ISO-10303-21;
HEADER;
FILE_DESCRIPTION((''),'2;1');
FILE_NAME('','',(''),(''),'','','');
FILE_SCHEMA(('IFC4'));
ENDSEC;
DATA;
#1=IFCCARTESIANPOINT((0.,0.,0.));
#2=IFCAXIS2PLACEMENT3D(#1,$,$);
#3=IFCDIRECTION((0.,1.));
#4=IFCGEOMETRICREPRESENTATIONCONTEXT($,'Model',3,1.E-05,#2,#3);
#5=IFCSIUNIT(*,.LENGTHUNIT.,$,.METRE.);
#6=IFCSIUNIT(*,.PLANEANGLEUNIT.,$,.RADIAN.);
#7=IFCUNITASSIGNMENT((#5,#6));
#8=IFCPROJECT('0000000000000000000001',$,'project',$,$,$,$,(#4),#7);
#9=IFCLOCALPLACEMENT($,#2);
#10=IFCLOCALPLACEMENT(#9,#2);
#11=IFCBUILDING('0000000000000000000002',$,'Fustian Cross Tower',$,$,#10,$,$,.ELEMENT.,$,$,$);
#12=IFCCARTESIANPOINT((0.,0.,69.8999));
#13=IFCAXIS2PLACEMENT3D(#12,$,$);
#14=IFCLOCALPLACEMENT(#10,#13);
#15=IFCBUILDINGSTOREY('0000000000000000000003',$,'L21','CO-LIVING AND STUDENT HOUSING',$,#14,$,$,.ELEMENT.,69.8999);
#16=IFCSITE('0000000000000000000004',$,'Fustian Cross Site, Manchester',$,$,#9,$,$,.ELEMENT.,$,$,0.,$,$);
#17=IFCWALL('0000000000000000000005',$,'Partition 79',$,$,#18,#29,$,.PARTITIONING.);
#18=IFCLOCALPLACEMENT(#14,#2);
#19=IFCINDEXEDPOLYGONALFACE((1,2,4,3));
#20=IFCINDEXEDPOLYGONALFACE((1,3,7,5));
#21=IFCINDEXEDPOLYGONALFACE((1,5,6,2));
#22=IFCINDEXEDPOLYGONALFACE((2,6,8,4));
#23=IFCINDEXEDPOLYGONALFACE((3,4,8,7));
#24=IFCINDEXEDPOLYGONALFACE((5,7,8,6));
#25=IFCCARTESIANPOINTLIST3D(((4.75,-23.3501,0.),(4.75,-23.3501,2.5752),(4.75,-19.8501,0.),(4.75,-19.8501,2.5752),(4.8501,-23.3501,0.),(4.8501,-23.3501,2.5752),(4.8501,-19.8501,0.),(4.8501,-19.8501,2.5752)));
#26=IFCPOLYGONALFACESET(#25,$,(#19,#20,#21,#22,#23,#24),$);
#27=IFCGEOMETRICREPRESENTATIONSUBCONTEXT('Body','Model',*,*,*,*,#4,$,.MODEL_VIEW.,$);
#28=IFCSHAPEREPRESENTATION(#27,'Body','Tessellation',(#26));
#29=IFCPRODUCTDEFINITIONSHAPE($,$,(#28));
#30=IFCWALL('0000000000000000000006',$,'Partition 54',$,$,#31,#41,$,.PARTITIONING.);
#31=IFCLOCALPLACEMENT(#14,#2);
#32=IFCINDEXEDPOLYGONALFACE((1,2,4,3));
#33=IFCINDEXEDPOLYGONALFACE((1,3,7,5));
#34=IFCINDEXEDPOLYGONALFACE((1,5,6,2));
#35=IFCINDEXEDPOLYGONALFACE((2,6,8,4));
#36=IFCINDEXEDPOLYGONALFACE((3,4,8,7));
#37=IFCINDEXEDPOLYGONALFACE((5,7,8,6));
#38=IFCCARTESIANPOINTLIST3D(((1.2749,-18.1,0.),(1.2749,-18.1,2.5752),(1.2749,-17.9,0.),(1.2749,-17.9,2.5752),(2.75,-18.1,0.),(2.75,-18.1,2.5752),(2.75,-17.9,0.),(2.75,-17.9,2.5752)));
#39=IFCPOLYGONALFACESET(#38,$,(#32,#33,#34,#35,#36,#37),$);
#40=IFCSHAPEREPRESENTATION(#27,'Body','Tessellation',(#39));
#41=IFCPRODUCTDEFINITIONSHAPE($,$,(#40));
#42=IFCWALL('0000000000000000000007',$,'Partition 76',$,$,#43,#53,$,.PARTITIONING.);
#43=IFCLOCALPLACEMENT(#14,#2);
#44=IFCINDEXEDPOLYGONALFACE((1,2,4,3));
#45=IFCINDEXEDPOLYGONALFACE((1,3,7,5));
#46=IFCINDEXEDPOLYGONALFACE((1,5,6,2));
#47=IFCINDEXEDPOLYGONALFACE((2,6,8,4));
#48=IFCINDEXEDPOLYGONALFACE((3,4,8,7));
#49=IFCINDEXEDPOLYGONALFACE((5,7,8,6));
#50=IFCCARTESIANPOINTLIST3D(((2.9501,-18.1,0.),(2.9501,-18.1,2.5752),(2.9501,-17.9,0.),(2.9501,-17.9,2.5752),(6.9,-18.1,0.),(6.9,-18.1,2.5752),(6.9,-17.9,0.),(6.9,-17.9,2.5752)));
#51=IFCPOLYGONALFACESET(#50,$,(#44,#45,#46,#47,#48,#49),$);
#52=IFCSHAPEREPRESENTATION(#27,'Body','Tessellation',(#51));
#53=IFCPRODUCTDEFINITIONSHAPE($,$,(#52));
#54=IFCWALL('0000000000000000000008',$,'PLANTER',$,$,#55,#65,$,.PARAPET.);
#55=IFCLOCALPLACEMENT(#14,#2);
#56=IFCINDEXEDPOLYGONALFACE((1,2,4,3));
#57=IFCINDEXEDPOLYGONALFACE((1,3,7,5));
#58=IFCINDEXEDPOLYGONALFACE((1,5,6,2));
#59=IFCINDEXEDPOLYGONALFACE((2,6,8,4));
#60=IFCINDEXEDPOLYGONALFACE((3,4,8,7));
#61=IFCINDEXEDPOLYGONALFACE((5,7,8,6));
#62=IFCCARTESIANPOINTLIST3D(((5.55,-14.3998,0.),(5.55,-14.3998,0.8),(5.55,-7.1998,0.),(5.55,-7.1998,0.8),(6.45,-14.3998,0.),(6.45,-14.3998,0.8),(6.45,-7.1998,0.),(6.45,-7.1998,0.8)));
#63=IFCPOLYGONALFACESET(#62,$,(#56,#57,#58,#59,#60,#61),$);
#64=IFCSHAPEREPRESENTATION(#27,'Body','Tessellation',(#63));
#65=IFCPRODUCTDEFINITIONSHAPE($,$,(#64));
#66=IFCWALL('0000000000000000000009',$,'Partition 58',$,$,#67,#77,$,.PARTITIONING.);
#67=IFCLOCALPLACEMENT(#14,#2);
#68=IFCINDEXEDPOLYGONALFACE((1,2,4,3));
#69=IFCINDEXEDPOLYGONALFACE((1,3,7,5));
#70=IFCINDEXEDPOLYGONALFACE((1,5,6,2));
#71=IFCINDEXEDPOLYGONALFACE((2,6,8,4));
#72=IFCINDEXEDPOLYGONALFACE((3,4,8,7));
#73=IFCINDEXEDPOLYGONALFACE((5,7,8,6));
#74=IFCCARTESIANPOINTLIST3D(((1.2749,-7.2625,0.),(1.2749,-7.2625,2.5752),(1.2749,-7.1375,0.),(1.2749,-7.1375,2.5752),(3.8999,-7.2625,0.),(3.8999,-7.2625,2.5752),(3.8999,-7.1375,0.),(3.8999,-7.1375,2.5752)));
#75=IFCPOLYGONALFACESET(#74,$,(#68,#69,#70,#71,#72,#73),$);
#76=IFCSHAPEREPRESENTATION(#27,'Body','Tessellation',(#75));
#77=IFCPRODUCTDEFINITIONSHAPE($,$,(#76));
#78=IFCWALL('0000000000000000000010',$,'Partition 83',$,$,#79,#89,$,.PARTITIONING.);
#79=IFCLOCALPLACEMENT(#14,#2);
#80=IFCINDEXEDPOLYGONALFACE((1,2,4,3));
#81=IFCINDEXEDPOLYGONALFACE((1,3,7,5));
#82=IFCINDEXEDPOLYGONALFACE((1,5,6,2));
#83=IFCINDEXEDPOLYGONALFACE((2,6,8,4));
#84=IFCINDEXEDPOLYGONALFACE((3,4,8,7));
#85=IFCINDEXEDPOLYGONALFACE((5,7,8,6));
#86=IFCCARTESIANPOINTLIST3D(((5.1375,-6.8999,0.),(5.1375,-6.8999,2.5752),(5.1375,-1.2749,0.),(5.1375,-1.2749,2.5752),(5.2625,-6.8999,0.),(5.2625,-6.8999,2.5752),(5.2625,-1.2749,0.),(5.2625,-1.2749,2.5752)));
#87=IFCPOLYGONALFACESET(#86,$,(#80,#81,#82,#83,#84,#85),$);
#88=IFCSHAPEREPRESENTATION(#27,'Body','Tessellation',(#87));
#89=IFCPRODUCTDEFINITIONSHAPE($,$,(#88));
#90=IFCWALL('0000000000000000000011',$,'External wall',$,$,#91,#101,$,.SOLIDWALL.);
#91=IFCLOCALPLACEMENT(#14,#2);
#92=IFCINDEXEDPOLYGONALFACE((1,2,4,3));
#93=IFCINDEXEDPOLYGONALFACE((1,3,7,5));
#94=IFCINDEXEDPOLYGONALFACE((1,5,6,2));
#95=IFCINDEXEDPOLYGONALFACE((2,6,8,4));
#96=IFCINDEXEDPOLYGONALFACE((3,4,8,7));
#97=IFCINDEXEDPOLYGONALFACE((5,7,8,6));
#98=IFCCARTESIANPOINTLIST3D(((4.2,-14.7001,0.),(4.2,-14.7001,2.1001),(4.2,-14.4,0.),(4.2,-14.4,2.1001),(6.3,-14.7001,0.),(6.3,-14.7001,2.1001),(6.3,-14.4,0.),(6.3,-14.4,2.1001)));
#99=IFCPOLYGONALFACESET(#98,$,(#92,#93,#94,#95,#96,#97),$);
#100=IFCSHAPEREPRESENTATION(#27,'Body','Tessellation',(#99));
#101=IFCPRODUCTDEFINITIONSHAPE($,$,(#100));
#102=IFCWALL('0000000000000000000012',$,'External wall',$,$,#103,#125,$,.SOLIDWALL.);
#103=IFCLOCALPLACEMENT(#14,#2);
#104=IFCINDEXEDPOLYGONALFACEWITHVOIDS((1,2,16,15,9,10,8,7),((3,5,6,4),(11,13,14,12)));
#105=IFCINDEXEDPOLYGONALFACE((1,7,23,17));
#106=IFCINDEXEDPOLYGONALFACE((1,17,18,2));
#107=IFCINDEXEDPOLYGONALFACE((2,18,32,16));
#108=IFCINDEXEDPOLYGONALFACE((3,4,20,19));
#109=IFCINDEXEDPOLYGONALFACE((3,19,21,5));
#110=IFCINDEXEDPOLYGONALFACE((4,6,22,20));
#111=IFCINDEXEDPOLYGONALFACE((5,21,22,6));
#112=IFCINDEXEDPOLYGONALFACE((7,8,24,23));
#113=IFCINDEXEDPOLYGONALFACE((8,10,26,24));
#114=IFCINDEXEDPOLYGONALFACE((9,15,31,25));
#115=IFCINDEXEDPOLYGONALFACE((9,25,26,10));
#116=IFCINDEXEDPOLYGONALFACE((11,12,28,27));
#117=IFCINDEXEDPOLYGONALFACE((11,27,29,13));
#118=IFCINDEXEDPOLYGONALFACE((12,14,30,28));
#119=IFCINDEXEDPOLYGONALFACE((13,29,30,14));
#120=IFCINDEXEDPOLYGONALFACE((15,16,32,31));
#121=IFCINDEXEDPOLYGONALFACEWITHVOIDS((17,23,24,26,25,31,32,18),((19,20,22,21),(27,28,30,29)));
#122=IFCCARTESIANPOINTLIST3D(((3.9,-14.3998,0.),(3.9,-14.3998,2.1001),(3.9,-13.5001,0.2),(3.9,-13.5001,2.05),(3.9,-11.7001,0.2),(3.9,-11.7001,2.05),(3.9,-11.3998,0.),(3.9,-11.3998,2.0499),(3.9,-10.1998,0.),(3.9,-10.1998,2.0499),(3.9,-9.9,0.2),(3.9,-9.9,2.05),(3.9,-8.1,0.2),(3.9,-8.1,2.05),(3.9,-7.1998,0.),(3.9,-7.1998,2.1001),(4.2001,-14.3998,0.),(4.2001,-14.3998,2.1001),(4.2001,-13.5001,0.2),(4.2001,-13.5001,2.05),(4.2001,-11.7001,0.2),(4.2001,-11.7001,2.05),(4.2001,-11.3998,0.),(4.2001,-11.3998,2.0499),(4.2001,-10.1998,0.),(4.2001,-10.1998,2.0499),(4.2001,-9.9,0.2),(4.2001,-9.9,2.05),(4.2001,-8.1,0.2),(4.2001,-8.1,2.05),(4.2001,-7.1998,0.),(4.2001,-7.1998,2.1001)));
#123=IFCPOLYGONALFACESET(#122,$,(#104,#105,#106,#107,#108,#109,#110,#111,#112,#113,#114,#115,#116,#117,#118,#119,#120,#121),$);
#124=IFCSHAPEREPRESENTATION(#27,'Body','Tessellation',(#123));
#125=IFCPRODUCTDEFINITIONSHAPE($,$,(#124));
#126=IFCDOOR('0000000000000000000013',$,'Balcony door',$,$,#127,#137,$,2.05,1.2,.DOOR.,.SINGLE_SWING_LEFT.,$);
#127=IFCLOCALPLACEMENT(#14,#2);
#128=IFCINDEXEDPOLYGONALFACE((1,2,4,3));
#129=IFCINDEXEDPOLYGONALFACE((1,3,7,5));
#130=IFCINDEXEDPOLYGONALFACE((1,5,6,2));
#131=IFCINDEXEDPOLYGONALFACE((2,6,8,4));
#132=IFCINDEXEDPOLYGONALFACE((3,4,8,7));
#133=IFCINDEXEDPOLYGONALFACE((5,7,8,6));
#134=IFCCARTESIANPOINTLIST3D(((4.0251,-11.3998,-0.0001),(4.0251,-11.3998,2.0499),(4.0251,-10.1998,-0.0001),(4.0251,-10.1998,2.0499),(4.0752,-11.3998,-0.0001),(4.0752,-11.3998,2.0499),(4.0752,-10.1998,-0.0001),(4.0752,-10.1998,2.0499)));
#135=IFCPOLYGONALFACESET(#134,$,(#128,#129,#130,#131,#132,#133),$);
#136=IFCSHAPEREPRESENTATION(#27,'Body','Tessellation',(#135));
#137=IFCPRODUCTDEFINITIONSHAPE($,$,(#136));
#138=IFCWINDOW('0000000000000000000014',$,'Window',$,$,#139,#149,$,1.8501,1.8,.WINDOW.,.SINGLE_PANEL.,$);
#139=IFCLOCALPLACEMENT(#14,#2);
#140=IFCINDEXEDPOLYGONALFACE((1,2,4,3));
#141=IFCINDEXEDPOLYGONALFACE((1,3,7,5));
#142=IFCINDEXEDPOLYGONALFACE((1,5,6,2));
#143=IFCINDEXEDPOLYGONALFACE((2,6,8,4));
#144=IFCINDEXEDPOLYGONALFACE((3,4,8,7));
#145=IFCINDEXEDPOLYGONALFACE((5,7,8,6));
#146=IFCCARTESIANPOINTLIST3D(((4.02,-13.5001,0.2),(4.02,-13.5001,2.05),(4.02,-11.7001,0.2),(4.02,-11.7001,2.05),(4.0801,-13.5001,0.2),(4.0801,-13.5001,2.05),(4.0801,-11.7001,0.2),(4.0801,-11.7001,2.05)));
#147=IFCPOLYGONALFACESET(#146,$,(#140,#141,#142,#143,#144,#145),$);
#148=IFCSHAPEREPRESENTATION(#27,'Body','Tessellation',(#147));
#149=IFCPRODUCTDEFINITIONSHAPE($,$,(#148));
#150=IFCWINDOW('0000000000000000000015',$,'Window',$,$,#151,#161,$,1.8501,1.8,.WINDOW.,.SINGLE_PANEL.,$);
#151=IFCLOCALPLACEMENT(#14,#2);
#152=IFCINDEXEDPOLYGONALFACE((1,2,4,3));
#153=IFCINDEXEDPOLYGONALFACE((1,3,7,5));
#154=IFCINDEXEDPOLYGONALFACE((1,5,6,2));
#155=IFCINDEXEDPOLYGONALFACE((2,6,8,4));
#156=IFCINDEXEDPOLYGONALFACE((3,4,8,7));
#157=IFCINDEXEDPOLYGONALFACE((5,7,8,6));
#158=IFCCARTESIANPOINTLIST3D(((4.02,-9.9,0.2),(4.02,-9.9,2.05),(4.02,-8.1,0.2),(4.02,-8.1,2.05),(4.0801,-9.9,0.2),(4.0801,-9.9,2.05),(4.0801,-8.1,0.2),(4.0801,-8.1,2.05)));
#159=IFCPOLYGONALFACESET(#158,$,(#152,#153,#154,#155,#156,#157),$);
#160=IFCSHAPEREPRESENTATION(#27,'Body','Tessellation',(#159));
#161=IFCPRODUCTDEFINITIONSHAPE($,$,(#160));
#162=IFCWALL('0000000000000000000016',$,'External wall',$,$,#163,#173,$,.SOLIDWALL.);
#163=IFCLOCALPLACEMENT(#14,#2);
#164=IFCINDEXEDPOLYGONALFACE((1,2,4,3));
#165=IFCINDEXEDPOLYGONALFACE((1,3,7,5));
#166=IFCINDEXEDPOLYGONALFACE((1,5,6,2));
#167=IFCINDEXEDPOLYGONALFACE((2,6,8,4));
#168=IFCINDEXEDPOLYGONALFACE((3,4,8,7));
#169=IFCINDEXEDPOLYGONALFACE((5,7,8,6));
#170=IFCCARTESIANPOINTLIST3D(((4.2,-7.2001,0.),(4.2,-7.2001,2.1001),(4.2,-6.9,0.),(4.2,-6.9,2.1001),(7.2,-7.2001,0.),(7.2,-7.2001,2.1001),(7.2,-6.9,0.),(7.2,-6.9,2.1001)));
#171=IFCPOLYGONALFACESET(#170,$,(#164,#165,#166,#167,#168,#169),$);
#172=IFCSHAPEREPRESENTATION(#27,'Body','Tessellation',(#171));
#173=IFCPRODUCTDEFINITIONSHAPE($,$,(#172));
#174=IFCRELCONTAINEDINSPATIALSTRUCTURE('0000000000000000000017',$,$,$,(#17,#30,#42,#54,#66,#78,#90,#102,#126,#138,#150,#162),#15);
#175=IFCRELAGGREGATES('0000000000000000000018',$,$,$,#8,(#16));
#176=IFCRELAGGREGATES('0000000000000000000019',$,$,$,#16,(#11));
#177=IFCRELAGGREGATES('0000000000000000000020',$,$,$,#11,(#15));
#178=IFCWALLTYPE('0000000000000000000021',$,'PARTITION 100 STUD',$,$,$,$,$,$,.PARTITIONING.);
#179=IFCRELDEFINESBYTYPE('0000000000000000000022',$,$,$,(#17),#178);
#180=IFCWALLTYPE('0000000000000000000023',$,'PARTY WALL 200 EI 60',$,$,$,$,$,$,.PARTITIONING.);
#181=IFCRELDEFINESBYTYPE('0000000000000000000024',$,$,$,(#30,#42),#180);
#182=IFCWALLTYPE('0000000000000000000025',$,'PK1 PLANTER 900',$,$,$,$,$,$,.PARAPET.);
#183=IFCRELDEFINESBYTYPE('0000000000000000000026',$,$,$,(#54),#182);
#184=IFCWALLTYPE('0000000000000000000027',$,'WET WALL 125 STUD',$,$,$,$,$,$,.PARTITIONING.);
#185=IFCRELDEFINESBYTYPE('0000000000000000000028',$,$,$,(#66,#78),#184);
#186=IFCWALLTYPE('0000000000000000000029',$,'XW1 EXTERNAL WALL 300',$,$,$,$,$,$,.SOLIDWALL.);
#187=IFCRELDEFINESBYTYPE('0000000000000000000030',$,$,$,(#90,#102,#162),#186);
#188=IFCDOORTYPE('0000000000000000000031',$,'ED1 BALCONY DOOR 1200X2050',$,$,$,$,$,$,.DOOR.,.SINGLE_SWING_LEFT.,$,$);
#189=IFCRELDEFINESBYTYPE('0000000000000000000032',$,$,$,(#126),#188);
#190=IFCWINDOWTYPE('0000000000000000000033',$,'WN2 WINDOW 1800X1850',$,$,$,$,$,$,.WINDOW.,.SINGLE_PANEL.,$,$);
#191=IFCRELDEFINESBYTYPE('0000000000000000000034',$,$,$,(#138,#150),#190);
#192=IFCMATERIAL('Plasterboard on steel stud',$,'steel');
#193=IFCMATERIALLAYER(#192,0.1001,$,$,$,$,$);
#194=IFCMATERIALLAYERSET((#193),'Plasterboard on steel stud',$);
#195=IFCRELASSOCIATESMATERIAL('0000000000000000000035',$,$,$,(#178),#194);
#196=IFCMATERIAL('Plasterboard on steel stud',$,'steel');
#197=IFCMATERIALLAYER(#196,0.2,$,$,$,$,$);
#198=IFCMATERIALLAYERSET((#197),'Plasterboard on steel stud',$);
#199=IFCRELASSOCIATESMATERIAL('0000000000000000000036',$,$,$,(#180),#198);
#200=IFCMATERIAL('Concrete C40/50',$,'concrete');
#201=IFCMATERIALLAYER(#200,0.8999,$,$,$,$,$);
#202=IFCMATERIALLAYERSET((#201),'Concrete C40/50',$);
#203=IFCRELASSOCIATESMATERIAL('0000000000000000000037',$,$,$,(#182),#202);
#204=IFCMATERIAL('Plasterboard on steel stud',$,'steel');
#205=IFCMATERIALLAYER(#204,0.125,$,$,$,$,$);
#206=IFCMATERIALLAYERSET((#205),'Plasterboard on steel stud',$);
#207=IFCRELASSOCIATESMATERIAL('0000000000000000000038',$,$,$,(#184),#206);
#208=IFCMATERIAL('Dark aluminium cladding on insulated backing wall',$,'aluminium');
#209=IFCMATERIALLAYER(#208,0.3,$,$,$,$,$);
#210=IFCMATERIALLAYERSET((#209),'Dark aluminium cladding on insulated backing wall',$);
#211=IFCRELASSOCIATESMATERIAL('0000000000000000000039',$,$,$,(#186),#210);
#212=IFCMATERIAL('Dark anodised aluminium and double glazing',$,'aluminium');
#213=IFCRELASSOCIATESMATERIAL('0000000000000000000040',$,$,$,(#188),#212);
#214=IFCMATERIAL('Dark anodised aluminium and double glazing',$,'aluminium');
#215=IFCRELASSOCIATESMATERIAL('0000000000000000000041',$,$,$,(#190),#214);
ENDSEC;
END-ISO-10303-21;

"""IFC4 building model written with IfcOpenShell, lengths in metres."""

from ifc_helpers import new_model, si_unit, direction, frame, frame_2d, origin, place, context, subcontext, project, spatial, rectangle, extrude, material, layer, layer_set, type_object, element, fill, save


model = new_model("IFC4")

# Units and contexts
model_context = context("Model", 3, precision=1e-05, world=origin(), true_north=direction((0.0, 1.0)))
body_context = subcontext(model_context, "Body", "Model", "MODEL_VIEW")
ifc_project = project(units=[si_unit("LENGTHUNIT", "METRE"), si_unit("PLANEANGLEUNIT", "RADIAN")], contexts=[model_context])

# Site, building, storey
site_placement = place(None, origin())
site = spatial("IfcSite", under=ifc_project, at=site_placement, Name="Fustian Cross Site, Manchester", CompositionType="ELEMENT", RefElevation=0.0)
building_placement = place(site_placement, origin())
building = spatial("IfcBuilding", under=site, at=building_placement, Name="Fustian Cross Tower", CompositionType="ELEMENT")
storey_placement = place(building_placement, frame((0.0, 0.0, 69.8999)))
storey = spatial("IfcBuildingStorey", under=building, at=storey_placement, Name="L21", Description="CO-LIVING AND STUDENT HOUSING", CompositionType="ELEMENT", Elevation=69.8999)

# Shared definitions
ifc_material_1 = material(Name="Plasterboard on steel stud", Category="steel")
ifc_layer_1 = layer(ifc_material_1, 0.1001)
ifc_layer_set_1 = layer_set([ifc_layer_1], Name="Plasterboard on steel stud")
wall_type_1 = type_object("IfcWallType", Name="PARTITION 100 STUD", PredefinedType="PARTITIONING", material=ifc_layer_set_1)

# Walls
wall_1_placement = place(storey_placement, frame((4.8, -23.3501, 0.0), z_axis=(0.0, 0.0, 1.0), x_axis=(0.0, 1.0, 0.0)))
element("IfcWall", 1, at=wall_1_placement, inside=storey, type_object=wall_type_1, Name="Partition 79", PredefinedType="PARTITIONING", context=body_context, shape_type="SweptSolid", body=[
    extrude(rectangle(XDim=3.5, YDim=0.1001, at=frame_2d((1.75, 0.0))), origin(), (0.0, 0.0, 1.0), 2.5752),
])
ifc_material_2 = material(Name="Plasterboard on steel stud", Category="steel")
ifc_layer_2 = layer(ifc_material_2, 0.2)
ifc_layer_set_2 = layer_set([ifc_layer_2], Name="Plasterboard on steel stud")
wall_type_2 = type_object("IfcWallType", Name="PARTY WALL 200 EI 60", PredefinedType="PARTITIONING", material=ifc_layer_set_2)
wall_2_placement = place(storey_placement, frame((1.2749, -18.0, 0.0), z_axis=(0.0, 0.0, 1.0), x_axis=(1.0, 0.0, 0.0)))
element("IfcWall", 2, at=wall_2_placement, inside=storey, type_object=wall_type_2, Name="Partition 54", PredefinedType="PARTITIONING", context=body_context, shape_type="SweptSolid", body=[
    extrude(rectangle(XDim=1.4751, YDim=0.2, at=frame_2d((0.7375, 0.0))), origin(), (0.0, 0.0, 1.0), 2.5752),
])
wall_3_placement = place(storey_placement, frame((2.95, -18.0, 0.0), z_axis=(0.0, 0.0, 1.0), x_axis=(1.0, 0.0, 0.0)))
element("IfcWall", 3, at=wall_3_placement, inside=storey, type_object=wall_type_2, Name="Partition 76", PredefinedType="PARTITIONING", context=body_context, shape_type="SweptSolid", body=[
    extrude(rectangle(XDim=3.95, YDim=0.2, at=frame_2d((1.9751, 0.0))), origin(), (0.0, 0.0, 1.0), 2.5752),
])
ifc_material_3 = material(Name="Concrete C40/50", Category="concrete")
ifc_layer_3 = layer(ifc_material_3, 0.8999)
ifc_layer_set_3 = layer_set([ifc_layer_3], Name="Concrete C40/50")
wall_type_3 = type_object("IfcWallType", Name="PK1 PLANTER 900", PredefinedType="PARAPET", material=ifc_layer_set_3)
wall_4_placement = place(storey_placement, frame((6.0, -14.3999, 0.0), z_axis=(0.0, 0.0, 1.0), x_axis=(0.0, 1.0, 0.0)))
element("IfcWall", 4, at=wall_4_placement, inside=storey, type_object=wall_type_3, Name="PLANTER", PredefinedType="PARAPET", context=body_context, shape_type="SweptSolid", body=[
    extrude(rectangle(XDim=7.2, YDim=0.8999, at=frame_2d((3.6001, 0.0))), origin(), (0.0, 0.0, 1.0), 0.8),
])
ifc_material_4 = material(Name="Plasterboard on steel stud", Category="steel")
ifc_layer_4 = layer(ifc_material_4, 0.125)
ifc_layer_set_4 = layer_set([ifc_layer_4], Name="Plasterboard on steel stud")
wall_type_4 = type_object("IfcWallType", Name="WET WALL 125 STUD", PredefinedType="PARTITIONING", material=ifc_layer_set_4)
wall_5_placement = place(storey_placement, frame((1.2749, -7.2, 0.0), z_axis=(0.0, 0.0, 1.0), x_axis=(1.0, 0.0, 0.0)))
element("IfcWall", 5, at=wall_5_placement, inside=storey, type_object=wall_type_4, Name="Partition 58", PredefinedType="PARTITIONING", context=body_context, shape_type="SweptSolid", body=[
    extrude(rectangle(XDim=2.625, YDim=0.125, at=frame_2d((1.3125, 0.0))), origin(), (0.0, 0.0, 1.0), 2.5752),
])
wall_6_placement = place(storey_placement, frame((5.2, -6.8999, 0.0), z_axis=(0.0, 0.0, 1.0), x_axis=(0.0, 1.0, 0.0)))
element("IfcWall", 6, at=wall_6_placement, inside=storey, type_object=wall_type_4, Name="Partition 83", PredefinedType="PARTITIONING", context=body_context, shape_type="SweptSolid", body=[
    extrude(rectangle(XDim=5.625, YDim=0.125, at=frame_2d((2.8125, 0.0))), origin(), (0.0, 0.0, 1.0), 2.5752),
])
ifc_material_5 = material(Name="Dark aluminium cladding on insulated backing wall", Category="aluminium")
ifc_layer_5 = layer(ifc_material_5, 0.3)
ifc_layer_set_5 = layer_set([ifc_layer_5], Name="Dark aluminium cladding on insulated backing wall")
wall_type_5 = type_object("IfcWallType", Name="XW1 EXTERNAL WALL 300", PredefinedType="SOLIDWALL", material=ifc_layer_set_5)
wall_7_placement = place(storey_placement, frame((6.3, -14.55, 0.0), z_axis=(0.0, 0.0, 1.0), x_axis=(-1.0, 0.0, 0.0)))
element("IfcWall", 7, at=wall_7_placement, inside=storey, type_object=wall_type_5, Name="External wall", PredefinedType="SOLIDWALL", context=body_context, shape_type="SweptSolid", body=[
    extrude(rectangle(XDim=2.1001, YDim=0.3, at=frame_2d((1.05, 0.0))), origin(), (0.0, 0.0, 1.0), 2.1001),
])

# Wall, openings, door, windows
wall_8_placement = place(storey_placement, frame((4.05, -14.3999, 0.0), z_axis=(0.0, 0.0, 1.0), x_axis=(0.0, 1.0, 0.0)))
wall_8 = element("IfcWall", 8, at=wall_8_placement, inside=storey, type_object=wall_type_5, Name="External wall", PredefinedType="SOLIDWALL", context=body_context, shape_type="SweptSolid", body=[
    extrude(rectangle(XDim=7.2, YDim=0.3, at=frame_2d((3.6001, 0.0))), origin(), (0.0, 0.0, 1.0), 2.1001),
])
opening_1_placement = place(wall_8_placement, frame((3.0, 0.0, 0.0)))
opening_1 = element("IfcOpeningElement", 9, at=opening_1_placement, cuts=wall_8, PredefinedType="OPENING", context=body_context, shape_type="SweptSolid", body=[
    extrude(rectangle(XDim=1.2, YDim=2.05, at=frame_2d((0.6001, 1.0249))), frame((0.0, 0.1599, 0.0), z_axis=(0.0, -1.0, 0.0), x_axis=(1.0, 0.0, 0.0)), (0.0, 0.0, 1.0), 0.3201),
])
opening_2_placement = place(wall_8_placement, frame((0.8999, 0.0, 0.2)))
opening_2 = element("IfcOpeningElement", 10, at=opening_2_placement, cuts=wall_8, PredefinedType="OPENING", context=body_context, shape_type="SweptSolid", body=[
    extrude(rectangle(XDim=1.8, YDim=1.8501, at=frame_2d((0.8999, 0.925))), frame((0.0, 0.1599, 0.0), z_axis=(0.0, -1.0, 0.0), x_axis=(1.0, 0.0, 0.0)), (0.0, 0.0, 1.0), 0.3201),
])
opening_3_placement = place(wall_8_placement, frame((4.5, 0.0, 0.2)))
opening_3 = element("IfcOpeningElement", 11, at=opening_3_placement, cuts=wall_8, PredefinedType="OPENING", context=body_context, shape_type="SweptSolid", body=[
    extrude(rectangle(XDim=1.8, YDim=1.8501, at=frame_2d((0.8999, 0.925))), frame((0.0, 0.1599, 0.0), z_axis=(0.0, -1.0, 0.0), x_axis=(1.0, 0.0, 0.0)), (0.0, 0.0, 1.0), 0.3201),
])
ifc_material_6 = material(Name="Dark anodised aluminium and double glazing", Category="aluminium")
door_type_1 = type_object("IfcDoorType", Name="ED1 BALCONY DOOR 1200X2050", OperationType="SINGLE_SWING_LEFT", PredefinedType="DOOR", material=ifc_material_6)
door_1_placement = place(opening_1_placement, origin())
door_1 = element("IfcDoor", 12, at=door_1_placement, inside=storey, type_object=door_type_1, Name="Balcony door", OperationType="SINGLE_SWING_LEFT", OverallHeight=2.05, OverallWidth=1.2, PredefinedType="DOOR", context=body_context, shape_type="SweptSolid", body=[
    extrude(rectangle(XDim=1.2, YDim=2.05, at=frame_2d((0.6001, 1.0249))), frame((0.0, 0.0249, 0.0), z_axis=(0.0, -1.0, 0.0), x_axis=(1.0, 0.0, 0.0)), (0.0, 0.0, 1.0), 0.05),
])
fill(opening_1, door_1)
ifc_material_7 = material(Name="Dark anodised aluminium and double glazing", Category="aluminium")
window_type = type_object("IfcWindowType", Name="WN2 WINDOW 1800X1850", PartitioningType="SINGLE_PANEL", PredefinedType="WINDOW", material=ifc_material_7)
window_1_placement = place(opening_2_placement, origin())
window_1 = element("IfcWindow", 13, at=window_1_placement, inside=storey, type_object=window_type, Name="Window", OverallHeight=1.8501, OverallWidth=1.8, PartitioningType="SINGLE_PANEL", PredefinedType="WINDOW", context=body_context, shape_type="SweptSolid", body=[
    extrude(rectangle(XDim=1.8, YDim=1.8501, at=frame_2d((0.8999, 0.925))), frame((0.0, 0.03, 0.0), z_axis=(0.0, -1.0, 0.0), x_axis=(1.0, 0.0, 0.0)), (0.0, 0.0, 1.0), 0.0601),
])
fill(opening_2, window_1)
window_2_placement = place(opening_3_placement, origin())
window_2 = element("IfcWindow", 14, at=window_2_placement, inside=storey, type_object=window_type, Name="Window", OverallHeight=1.8501, OverallWidth=1.8, PartitioningType="SINGLE_PANEL", PredefinedType="WINDOW", context=body_context, shape_type="SweptSolid", body=[
    extrude(rectangle(XDim=1.8, YDim=1.8501, at=frame_2d((0.8999, 0.925))), frame((0.0, 0.03, 0.0), z_axis=(0.0, -1.0, 0.0), x_axis=(1.0, 0.0, 0.0)), (0.0, 0.0, 1.0), 0.0601),
])
fill(opening_3, window_2)

# Wall
wall_9_placement = place(storey_placement, frame((4.2, -7.05, 0.0), z_axis=(0.0, 0.0, 1.0), x_axis=(1.0, 0.0, 0.0)))
element("IfcWall", 15, at=wall_9_placement, inside=storey, type_object=wall_type_5, Name="External wall", PredefinedType="SOLIDWALL", context=body_context, shape_type="SweptSolid", body=[
    extrude(rectangle(XDim=3.0, YDim=0.3, at=frame_2d((1.5, 0.0))), origin(), (0.0, 0.0, 1.0), 2.1001),
])

save(model, "model.ifc")
